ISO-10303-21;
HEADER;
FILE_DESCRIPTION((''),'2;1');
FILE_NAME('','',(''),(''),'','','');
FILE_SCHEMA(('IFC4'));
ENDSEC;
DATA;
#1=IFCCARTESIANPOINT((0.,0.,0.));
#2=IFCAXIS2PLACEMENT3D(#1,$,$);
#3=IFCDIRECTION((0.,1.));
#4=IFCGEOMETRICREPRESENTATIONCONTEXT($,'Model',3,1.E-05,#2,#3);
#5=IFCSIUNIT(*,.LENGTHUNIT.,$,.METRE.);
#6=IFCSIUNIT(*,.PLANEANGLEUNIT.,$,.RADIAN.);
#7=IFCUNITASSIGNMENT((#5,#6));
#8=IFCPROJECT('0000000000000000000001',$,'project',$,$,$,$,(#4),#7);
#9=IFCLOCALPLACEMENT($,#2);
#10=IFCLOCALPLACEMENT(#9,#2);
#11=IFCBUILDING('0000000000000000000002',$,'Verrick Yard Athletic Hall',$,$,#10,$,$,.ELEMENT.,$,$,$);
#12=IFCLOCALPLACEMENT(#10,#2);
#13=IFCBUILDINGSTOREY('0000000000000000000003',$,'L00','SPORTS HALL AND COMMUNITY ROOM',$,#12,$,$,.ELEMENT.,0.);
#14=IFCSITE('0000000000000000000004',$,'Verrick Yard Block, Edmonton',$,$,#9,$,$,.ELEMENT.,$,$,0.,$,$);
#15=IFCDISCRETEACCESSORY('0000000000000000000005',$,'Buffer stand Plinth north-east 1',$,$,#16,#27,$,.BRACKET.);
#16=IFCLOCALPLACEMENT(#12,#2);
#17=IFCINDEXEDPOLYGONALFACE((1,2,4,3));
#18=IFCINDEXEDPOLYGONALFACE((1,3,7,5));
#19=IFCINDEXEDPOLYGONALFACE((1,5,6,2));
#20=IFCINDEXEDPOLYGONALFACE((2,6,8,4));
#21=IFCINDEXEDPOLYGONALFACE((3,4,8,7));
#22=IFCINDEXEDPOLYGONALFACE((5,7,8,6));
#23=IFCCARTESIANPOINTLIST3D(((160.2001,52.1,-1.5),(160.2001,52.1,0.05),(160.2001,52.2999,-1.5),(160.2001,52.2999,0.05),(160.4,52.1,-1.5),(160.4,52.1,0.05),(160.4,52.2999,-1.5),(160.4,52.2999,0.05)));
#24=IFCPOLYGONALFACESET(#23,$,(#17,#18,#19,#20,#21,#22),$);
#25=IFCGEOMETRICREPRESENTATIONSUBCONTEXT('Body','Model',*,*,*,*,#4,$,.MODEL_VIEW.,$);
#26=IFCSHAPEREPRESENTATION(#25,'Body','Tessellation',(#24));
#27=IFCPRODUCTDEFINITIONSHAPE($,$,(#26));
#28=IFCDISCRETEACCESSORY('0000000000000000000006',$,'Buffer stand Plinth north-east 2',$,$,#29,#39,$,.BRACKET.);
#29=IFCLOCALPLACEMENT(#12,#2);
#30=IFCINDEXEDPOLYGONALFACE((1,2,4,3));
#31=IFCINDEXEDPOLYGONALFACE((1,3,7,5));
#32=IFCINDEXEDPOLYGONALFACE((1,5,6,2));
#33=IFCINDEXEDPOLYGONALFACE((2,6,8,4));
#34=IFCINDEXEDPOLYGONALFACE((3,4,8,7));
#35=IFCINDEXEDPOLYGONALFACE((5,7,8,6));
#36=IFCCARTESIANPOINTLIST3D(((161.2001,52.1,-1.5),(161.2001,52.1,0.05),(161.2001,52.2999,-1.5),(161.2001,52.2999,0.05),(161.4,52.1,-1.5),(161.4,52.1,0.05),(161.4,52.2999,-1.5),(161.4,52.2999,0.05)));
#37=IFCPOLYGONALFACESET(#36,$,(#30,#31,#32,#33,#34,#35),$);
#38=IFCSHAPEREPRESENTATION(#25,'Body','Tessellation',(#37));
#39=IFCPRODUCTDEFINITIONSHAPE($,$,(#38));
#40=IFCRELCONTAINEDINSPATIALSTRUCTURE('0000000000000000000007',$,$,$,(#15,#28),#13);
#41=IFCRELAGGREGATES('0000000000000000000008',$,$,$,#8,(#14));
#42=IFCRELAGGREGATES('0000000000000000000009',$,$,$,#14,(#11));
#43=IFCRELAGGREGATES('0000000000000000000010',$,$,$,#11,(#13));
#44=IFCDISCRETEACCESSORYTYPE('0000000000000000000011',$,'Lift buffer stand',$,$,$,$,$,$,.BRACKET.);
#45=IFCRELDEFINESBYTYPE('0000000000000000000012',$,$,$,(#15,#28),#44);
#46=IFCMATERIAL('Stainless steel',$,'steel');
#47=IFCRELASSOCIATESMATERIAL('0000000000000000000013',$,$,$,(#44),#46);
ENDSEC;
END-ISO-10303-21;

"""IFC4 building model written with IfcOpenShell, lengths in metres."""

from ifc_helpers import new_model, si_unit, direction, frame, origin, origin_2d, place, context, subcontext, project, spatial, rectangle, extrude, material, type_object, element, save


model = new_model("IFC4")

# Units and contexts
model_context = context("Model", 3, precision=1e-05, world=origin(), true_north=direction((0.0, 1.0)))
body_context = subcontext(model_context, "Body", "Model", "MODEL_VIEW")
ifc_project = project(units=[si_unit("LENGTHUNIT", "METRE"), si_unit("PLANEANGLEUNIT", "RADIAN")], contexts=[model_context])

# Site, building, storey
site_placement = place(None, origin())
site = spatial("IfcSite", under=ifc_project, at=site_placement, Name="Verrick Yard Block, Edmonton", CompositionType="ELEMENT", RefElevation=0.0)
building_placement = place(site_placement, origin())
building = spatial("IfcBuilding", under=site, at=building_placement, Name="Verrick Yard Athletic Hall", CompositionType="ELEMENT")
storey_placement = place(building_placement, origin())
storey = spatial("IfcBuildingStorey", under=building, at=storey_placement, Name="L00", Description="SPORTS HALL AND COMMUNITY ROOM", CompositionType="ELEMENT", Elevation=0.0)

# Shared definitions
ifc_material_1 = material(Name="Stainless steel", Category="steel")

# Discrete accessories
discrete_accessory_type = type_object("IfcDiscreteAccessoryType", Name="Lift buffer stand", PredefinedType="BRACKET", material=ifc_material_1)
for number, where, z_axis, x_axis, name in (
    (1, (160.3, 52.2, -1.5), (0.0, 0.0, 1.0), (1.0, 0.0, 0.0), "Buffer stand Plinth north-east 1"),
    (2, (161.3, 52.2, -1.5), (0.0, 0.0, 1.0), (1.0, 0.0, 0.0), "Buffer stand Plinth north-east 2"),
):
    element("IfcDiscreteAccessory", number, at=place(storey_placement, frame(where, z_axis=z_axis, x_axis=x_axis)), inside=storey, type_object=discrete_accessory_type, Name=name, PredefinedType="BRACKET", context=body_context, shape_type="SweptSolid", body=[
        extrude(rectangle(XDim=0.2, YDim=0.2, at=origin_2d()), origin(), (0.0, 0.0, 1.0), 1.55),
    ])

save(model, "model.ifc")
